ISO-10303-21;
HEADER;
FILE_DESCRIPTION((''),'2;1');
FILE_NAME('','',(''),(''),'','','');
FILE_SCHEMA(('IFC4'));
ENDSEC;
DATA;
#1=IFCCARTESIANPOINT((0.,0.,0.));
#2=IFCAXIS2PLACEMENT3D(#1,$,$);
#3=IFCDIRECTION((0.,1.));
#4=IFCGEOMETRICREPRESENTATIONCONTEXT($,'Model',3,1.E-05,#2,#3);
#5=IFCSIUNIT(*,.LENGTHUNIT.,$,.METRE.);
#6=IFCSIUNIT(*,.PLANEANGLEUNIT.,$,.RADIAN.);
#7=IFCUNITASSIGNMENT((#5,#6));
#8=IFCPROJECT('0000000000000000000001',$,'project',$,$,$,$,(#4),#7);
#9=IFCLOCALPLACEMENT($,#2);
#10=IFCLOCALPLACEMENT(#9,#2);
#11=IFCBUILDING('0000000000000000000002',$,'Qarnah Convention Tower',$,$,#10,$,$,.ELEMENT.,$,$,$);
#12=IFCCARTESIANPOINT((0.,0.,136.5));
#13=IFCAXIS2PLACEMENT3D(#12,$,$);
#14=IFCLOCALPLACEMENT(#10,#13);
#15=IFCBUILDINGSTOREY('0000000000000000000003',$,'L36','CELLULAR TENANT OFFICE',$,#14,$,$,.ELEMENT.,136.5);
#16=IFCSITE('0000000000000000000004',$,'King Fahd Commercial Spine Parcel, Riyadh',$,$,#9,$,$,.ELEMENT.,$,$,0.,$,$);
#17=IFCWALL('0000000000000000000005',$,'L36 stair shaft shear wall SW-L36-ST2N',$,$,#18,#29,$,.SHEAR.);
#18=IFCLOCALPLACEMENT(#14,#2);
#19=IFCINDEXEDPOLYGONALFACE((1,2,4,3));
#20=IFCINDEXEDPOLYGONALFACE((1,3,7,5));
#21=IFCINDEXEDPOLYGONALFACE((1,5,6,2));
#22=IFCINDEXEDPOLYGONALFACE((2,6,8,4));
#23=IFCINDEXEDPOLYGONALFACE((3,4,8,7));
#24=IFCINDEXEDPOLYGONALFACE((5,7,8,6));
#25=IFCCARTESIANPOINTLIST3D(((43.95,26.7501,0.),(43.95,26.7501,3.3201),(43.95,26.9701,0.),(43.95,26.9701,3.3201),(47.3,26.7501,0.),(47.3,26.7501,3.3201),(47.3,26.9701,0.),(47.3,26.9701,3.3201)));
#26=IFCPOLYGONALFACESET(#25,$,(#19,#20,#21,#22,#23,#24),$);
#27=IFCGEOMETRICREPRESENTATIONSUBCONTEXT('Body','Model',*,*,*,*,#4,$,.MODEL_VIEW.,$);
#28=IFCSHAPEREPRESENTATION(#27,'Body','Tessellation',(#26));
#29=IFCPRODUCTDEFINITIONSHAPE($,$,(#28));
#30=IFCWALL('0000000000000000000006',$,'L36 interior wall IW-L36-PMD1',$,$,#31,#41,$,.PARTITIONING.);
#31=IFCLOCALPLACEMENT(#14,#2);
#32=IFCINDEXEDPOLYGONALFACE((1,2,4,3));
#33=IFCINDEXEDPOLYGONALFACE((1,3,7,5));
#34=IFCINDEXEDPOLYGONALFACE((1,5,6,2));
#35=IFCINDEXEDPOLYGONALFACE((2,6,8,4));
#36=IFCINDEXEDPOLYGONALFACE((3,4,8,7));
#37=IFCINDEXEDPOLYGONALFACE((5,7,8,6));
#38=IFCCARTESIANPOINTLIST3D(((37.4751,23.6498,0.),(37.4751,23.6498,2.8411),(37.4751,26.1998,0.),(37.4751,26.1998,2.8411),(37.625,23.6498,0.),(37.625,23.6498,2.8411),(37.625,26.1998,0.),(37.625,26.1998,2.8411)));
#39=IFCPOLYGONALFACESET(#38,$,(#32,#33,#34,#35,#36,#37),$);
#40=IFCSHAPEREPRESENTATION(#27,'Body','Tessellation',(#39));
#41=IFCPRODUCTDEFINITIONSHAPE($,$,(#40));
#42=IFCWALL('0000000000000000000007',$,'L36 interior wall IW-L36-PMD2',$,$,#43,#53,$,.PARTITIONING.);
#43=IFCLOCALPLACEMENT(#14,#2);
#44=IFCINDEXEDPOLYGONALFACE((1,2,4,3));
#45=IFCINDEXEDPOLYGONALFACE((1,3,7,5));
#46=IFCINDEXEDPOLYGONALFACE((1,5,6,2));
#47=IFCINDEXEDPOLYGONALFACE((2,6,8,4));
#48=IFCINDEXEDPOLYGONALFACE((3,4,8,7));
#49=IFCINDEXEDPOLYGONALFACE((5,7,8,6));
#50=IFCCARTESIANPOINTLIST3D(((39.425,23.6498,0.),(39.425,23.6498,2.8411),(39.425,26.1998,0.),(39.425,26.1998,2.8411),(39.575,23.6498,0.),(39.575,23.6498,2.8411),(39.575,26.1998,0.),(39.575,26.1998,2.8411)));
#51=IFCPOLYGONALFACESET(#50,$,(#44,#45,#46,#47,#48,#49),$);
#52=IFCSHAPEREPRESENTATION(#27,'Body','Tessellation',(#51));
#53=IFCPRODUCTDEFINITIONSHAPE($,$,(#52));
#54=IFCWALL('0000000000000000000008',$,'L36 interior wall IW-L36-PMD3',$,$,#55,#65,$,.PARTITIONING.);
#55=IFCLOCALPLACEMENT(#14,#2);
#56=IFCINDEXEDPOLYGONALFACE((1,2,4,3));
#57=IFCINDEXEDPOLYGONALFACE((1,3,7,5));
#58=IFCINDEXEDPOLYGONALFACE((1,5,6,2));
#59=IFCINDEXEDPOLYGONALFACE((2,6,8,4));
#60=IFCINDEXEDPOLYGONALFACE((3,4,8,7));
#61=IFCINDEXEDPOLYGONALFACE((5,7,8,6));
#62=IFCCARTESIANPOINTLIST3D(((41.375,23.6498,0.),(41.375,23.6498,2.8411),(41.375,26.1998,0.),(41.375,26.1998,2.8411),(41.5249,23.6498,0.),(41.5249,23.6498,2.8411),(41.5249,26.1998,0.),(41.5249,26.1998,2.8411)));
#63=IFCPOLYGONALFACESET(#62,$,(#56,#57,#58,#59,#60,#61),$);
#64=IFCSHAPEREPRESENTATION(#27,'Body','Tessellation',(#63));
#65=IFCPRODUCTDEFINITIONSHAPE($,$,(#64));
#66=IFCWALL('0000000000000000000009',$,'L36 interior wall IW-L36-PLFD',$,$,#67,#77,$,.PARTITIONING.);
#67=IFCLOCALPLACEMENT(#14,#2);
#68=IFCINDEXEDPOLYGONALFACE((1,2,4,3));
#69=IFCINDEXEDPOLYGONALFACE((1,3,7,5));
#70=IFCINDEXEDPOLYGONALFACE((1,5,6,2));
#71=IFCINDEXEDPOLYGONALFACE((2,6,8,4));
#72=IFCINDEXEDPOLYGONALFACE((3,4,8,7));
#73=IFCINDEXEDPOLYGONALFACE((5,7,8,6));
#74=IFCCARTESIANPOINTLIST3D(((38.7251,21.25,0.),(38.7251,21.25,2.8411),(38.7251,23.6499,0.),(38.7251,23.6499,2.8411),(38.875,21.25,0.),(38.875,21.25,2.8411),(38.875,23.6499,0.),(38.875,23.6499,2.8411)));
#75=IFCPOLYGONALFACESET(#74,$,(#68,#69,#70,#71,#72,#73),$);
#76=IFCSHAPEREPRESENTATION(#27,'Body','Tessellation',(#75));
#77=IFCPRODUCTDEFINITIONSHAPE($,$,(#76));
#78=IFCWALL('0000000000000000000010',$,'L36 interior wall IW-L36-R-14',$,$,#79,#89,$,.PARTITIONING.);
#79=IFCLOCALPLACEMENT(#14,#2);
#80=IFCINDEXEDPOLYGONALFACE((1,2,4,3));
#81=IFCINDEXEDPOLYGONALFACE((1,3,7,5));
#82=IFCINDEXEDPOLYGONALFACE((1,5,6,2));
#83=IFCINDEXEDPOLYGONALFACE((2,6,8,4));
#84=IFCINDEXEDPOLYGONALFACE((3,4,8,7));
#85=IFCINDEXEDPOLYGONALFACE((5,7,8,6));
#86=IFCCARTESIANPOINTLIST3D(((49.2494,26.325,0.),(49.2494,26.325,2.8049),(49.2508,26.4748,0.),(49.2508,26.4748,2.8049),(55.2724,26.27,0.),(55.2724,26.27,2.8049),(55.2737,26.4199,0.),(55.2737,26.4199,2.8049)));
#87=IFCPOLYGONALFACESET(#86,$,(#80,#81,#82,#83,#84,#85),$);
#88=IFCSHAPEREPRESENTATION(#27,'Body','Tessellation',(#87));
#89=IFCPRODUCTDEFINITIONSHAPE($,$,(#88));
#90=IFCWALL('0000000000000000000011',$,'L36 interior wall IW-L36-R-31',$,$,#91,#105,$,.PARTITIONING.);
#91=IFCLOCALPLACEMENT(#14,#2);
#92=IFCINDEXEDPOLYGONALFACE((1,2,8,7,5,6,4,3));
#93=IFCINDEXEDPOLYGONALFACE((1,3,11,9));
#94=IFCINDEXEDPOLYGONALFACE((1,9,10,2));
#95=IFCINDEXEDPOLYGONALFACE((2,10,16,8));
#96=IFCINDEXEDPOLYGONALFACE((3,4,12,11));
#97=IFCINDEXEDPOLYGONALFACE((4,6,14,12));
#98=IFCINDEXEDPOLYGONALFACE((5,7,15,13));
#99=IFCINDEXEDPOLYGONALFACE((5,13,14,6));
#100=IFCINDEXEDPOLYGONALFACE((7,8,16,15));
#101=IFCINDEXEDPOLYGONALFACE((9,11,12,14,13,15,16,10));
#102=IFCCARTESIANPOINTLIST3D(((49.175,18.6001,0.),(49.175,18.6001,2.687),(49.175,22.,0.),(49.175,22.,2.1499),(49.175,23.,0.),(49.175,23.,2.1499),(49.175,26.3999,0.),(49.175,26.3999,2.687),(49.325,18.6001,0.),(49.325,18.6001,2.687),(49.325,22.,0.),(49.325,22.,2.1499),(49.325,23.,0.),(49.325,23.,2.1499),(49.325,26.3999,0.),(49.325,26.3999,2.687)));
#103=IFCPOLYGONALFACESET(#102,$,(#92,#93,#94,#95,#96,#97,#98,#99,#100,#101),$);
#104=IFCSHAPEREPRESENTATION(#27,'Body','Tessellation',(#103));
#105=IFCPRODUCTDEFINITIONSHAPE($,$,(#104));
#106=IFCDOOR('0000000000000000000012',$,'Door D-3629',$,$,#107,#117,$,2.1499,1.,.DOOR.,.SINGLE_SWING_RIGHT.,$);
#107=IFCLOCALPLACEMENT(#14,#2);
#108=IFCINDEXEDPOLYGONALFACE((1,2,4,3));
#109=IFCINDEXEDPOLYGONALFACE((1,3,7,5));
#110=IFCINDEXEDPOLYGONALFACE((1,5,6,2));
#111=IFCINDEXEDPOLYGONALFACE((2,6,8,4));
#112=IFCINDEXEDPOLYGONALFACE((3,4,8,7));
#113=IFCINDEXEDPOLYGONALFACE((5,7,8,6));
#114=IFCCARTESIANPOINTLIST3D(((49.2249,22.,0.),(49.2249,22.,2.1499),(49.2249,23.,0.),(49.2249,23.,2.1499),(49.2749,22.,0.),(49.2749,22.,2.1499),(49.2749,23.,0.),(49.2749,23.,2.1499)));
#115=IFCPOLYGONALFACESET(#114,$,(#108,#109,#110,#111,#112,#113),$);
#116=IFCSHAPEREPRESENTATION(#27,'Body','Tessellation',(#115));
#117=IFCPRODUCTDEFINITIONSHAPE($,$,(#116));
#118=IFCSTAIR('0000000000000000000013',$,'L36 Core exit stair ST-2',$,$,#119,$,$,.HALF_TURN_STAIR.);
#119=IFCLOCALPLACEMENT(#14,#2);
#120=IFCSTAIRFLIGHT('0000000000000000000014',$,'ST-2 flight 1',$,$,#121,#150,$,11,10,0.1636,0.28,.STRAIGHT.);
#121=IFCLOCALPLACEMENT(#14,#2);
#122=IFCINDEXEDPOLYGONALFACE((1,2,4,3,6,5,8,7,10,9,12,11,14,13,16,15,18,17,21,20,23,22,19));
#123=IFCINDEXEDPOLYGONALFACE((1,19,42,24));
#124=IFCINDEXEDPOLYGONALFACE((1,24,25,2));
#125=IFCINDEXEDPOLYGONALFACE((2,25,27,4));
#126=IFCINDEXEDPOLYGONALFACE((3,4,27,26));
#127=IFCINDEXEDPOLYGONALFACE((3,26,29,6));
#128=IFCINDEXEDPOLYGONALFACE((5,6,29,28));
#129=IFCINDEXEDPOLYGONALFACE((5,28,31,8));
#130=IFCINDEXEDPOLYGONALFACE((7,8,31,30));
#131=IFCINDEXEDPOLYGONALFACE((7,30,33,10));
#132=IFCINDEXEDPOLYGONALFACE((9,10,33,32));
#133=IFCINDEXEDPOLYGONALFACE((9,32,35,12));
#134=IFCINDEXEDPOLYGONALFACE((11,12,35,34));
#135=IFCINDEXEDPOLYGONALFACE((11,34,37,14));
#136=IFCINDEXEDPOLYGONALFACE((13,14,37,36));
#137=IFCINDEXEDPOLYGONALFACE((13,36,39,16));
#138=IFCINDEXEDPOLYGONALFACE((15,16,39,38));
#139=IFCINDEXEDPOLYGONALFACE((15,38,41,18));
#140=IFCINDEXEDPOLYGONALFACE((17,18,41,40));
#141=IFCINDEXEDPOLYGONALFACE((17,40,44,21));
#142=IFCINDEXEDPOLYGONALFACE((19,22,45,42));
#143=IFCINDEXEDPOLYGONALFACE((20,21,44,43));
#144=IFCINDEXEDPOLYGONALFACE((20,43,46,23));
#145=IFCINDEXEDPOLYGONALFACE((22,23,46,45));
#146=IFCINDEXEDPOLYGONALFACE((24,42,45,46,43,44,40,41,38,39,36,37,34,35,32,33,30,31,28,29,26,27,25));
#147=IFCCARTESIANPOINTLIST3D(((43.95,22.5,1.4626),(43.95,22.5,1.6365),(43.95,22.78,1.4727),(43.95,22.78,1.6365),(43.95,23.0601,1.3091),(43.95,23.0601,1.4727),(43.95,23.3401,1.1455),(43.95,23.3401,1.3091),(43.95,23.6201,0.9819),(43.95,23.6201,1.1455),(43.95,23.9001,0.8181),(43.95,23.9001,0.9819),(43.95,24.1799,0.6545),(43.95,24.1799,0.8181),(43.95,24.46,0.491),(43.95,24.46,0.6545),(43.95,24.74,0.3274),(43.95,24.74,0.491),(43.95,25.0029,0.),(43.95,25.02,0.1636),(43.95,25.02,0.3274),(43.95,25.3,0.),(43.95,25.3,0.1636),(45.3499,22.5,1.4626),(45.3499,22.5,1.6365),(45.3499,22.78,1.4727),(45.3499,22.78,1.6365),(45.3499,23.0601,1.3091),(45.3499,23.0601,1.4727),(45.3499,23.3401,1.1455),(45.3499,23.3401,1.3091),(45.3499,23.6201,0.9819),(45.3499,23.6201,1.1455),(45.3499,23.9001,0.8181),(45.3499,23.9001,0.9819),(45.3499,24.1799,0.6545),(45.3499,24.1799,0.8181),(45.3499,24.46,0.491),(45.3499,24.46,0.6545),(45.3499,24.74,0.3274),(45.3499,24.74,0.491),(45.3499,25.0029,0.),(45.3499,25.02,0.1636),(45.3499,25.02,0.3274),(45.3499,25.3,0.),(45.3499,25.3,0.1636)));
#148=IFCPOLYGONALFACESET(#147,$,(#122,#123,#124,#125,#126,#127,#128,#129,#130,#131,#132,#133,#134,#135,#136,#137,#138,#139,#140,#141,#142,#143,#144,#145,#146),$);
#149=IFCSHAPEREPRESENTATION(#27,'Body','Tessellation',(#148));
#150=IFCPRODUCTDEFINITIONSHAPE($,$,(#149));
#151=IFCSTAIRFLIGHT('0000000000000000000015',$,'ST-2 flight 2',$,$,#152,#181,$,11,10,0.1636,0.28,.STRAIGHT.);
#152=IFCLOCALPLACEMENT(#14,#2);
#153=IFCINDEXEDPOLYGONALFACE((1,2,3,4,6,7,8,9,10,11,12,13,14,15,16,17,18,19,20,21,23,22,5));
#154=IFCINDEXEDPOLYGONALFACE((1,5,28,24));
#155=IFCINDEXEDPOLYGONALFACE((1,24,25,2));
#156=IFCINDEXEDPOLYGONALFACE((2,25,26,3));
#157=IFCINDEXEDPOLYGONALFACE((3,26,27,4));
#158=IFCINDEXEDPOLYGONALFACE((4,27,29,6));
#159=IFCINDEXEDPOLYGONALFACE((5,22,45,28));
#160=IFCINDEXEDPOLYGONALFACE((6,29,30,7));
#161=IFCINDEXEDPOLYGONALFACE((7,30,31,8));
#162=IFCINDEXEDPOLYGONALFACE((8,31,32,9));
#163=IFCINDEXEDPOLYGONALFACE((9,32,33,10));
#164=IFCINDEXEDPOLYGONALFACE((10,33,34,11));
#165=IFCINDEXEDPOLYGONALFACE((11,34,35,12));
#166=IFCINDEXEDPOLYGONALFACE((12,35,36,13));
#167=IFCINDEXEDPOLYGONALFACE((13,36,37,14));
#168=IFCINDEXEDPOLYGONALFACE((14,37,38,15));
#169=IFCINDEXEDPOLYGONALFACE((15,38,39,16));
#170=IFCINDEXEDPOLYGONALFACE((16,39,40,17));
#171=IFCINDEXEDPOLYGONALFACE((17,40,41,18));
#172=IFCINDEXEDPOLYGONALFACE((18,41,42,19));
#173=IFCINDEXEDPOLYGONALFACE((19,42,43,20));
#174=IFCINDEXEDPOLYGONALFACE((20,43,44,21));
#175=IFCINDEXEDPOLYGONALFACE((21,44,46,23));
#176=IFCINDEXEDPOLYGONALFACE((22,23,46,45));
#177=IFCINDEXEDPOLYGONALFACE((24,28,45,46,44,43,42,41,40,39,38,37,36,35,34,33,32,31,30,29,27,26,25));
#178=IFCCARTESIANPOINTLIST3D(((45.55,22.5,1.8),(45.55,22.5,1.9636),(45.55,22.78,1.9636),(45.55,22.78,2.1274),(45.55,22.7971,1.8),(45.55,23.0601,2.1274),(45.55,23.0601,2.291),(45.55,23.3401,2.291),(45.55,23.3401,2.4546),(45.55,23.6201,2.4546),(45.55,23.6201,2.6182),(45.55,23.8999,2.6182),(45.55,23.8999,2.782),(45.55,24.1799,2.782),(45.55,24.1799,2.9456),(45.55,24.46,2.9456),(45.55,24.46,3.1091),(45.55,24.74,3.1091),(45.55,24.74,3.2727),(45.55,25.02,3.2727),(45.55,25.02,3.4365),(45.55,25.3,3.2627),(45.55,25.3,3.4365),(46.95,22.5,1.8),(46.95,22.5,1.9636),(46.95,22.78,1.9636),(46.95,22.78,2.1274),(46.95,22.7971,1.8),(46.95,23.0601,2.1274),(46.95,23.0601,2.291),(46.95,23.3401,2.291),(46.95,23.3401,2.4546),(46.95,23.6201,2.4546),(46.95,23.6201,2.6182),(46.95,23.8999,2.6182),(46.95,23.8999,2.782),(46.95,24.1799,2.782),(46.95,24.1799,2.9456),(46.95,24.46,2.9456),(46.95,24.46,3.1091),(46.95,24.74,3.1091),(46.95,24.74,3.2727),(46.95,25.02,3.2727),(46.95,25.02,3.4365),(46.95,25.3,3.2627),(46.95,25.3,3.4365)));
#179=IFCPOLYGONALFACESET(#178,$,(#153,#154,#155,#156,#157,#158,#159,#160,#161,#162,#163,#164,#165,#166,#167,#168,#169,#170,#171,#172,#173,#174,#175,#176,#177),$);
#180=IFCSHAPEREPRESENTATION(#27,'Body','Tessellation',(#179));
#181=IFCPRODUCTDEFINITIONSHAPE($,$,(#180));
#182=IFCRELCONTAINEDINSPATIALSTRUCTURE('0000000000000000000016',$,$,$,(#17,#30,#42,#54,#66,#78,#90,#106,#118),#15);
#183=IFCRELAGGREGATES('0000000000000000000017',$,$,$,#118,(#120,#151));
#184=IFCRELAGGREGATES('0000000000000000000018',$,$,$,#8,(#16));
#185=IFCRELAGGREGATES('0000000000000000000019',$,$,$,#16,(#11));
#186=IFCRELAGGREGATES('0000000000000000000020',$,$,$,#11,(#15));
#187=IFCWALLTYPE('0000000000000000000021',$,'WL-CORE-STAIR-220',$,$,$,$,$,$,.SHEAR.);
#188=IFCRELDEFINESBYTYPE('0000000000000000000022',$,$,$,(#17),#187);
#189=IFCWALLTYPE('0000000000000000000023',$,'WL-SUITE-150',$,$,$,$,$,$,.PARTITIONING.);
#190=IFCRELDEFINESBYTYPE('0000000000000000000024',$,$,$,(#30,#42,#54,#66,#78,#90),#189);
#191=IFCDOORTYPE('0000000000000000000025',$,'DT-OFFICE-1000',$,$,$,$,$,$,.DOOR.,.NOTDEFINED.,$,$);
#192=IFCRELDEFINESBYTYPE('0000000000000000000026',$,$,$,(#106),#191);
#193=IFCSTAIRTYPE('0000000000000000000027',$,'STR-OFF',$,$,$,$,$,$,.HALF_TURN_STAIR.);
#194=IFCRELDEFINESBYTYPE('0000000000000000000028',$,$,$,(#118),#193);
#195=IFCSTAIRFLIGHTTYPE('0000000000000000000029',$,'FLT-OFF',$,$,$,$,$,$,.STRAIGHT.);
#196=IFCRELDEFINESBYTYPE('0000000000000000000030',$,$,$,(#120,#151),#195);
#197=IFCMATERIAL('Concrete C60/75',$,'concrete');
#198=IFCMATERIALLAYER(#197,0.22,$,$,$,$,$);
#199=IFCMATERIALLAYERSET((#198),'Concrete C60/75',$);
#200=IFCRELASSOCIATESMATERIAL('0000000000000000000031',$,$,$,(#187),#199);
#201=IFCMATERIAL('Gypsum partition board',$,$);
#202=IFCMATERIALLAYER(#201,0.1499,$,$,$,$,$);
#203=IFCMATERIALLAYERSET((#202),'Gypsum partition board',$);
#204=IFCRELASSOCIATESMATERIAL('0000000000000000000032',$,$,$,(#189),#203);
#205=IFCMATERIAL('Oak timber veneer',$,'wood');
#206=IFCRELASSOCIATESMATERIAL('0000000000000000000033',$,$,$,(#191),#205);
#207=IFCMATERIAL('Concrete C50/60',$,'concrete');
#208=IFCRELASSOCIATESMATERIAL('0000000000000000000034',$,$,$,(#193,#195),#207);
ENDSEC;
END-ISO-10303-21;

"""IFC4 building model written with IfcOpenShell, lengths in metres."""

from ifc_helpers import new_model, si_unit, direction, frame, frame_2d, origin, place, context, subcontext, project, spatial, polyline, rectangle, outline, extrude, material, layer, layer_set, type_object, element, fill, aggregate, save


model = new_model("IFC4")

# Units and contexts
model_context = context("Model", 3, precision=1e-05, world=origin(), true_north=direction((0.0, 1.0)))
body_context = subcontext(model_context, "Body", "Model", "MODEL_VIEW")
ifc_project = project(units=[si_unit("LENGTHUNIT", "METRE"), si_unit("PLANEANGLEUNIT", "RADIAN")], contexts=[model_context])

# Site, building, storey
site_placement = place(None, origin())
site = spatial("IfcSite", under=ifc_project, at=site_placement, Name="King Fahd Commercial Spine Parcel, Riyadh", CompositionType="ELEMENT", RefElevation=0.0)
building_placement = place(site_placement, origin())
building = spatial("IfcBuilding", under=site, at=building_placement, Name="Qarnah Convention Tower", CompositionType="ELEMENT")
storey_placement = place(building_placement, frame((0.0, 0.0, 136.5)))
storey = spatial("IfcBuildingStorey", under=building, at=storey_placement, Name="L36", Description="CELLULAR TENANT OFFICE", CompositionType="ELEMENT", Elevation=136.5)

# Shared definitions
ifc_material_1 = material(Name="Concrete C60/75", Category="concrete")

# Walls
ifc_layer_1 = layer(ifc_material_1, 0.22)
ifc_layer_set_1 = layer_set([ifc_layer_1], Name="Concrete C60/75")
wall_type_1 = type_object("IfcWallType", Name="WL-CORE-STAIR-220", PredefinedType="SHEAR", material=ifc_layer_set_1)
wall_1_placement = place(storey_placement, frame((43.95, 26.8601, 0.0), z_axis=(0.0, 0.0, 1.0), x_axis=(1.0, 0.0, 0.0)))
element("IfcWall", 1, at=wall_1_placement, inside=storey, type_object=wall_type_1, Name="L36 stair shaft shear wall SW-L36-ST2N", PredefinedType="SHEAR", context=body_context, shape_type="SweptSolid", body=[
    extrude(rectangle(XDim=3.3501, YDim=0.22, at=frame_2d((1.675, 0.0))), origin(), (0.0, 0.0, 1.0), 3.3201),
])
ifc_material_2 = material(Name="Gypsum partition board")
ifc_layer_2 = layer(ifc_material_2, 0.1499)
ifc_layer_set_2 = layer_set([ifc_layer_2], Name="Gypsum partition board")
wall_type_2 = type_object("IfcWallType", Name="WL-SUITE-150", PredefinedType="PARTITIONING", material=ifc_layer_set_2)
for number, where, z_axis, x_axis, name in (
    (2, (37.55, 23.6499, 0.0), (0.0, 0.0, 1.0), (0.0, 1.0, 0.0), "L36 interior wall IW-L36-PMD1"),
    (3, (39.5, 23.6499, 0.0), (0.0, 0.0, 1.0), (0.0, 1.0, 0.0), "L36 interior wall IW-L36-PMD2"),
    (4, (41.45, 23.6499, 0.0), (0.0, 0.0, 1.0), (0.0, 1.0, 0.0), "L36 interior wall IW-L36-PMD3"),
):
    element("IfcWall", number, at=place(storey_placement, frame(where, z_axis=z_axis, x_axis=x_axis)), inside=storey, type_object=wall_type_2, Name=name, PredefinedType="PARTITIONING", context=body_context, shape_type="SweptSolid", body=[
        extrude(rectangle(XDim=2.55, YDim=0.1499, at=frame_2d((1.2749, 0.0))), origin(), (0.0, 0.0, 1.0), 2.8411),
    ])
wall_2_placement = place(storey_placement, frame((38.8, 21.25, 0.0), z_axis=(0.0, 0.0, 1.0), x_axis=(0.0, 1.0, 0.0)))
element("IfcWall", 5, at=wall_2_placement, inside=storey, type_object=wall_type_2, Name="L36 interior wall IW-L36-PLFD", PredefinedType="PARTITIONING", context=body_context, shape_type="SweptSolid", body=[
    extrude(rectangle(XDim=2.3999, YDim=0.1499, at=frame_2d((1.2, 0.0))), origin(), (0.0, 0.0, 1.0), 2.8411),
])
wall_3_placement = place(storey_placement, frame((49.25, 26.3999, 0.0), z_axis=(0.0, 0.0, 1.0), x_axis=(0.999958, -0.00912, 0.0)))
element("IfcWall", 6, at=wall_3_placement, inside=storey, type_object=wall_type_2, Name="L36 interior wall IW-L36-R-14", PredefinedType="PARTITIONING", context=body_context, shape_type="SweptSolid", body=[
    extrude(rectangle(XDim=6.0232, YDim=0.1499, at=frame_2d((3.0117, 0.0))), origin(), (0.0, 0.0, 1.0), 2.8049),
])

# Wall, opening, door
wall_4_placement = place(storey_placement, frame((49.25, 26.3999, 0.0), z_axis=(0.0, 0.0, 1.0), x_axis=(0.0, -1.0, 0.0)))
wall_4 = element("IfcWall", 7, at=wall_4_placement, inside=storey, type_object=wall_type_2, Name="L36 interior wall IW-L36-R-31", PredefinedType="PARTITIONING", context=body_context, shape_type="SweptSolid", body=[
    extrude(rectangle(XDim=7.7998, YDim=0.1499, at=frame_2d((3.8999, 0.0))), origin(), (0.0, 0.0, 1.0), 2.687),
])
opening_placement = place(wall_4_placement, frame((3.3999, 0.0, 0.0)))
opening = element("IfcOpeningElement", 8, at=opening_placement, cuts=wall_4, PredefinedType="OPENING", context=body_context, shape_type="SweptSolid", body=[
    extrude(rectangle(XDim=1.0, YDim=2.1499, at=frame_2d((0.5, 1.075))), frame((0.0, 0.085, 0.0), z_axis=(0.0, -1.0, 0.0), x_axis=(1.0, 0.0, 0.0)), (0.0, 0.0, 1.0), 0.1699),
])
ifc_material_3 = material(Name="Oak timber veneer", Category="wood")
door_type = type_object("IfcDoorType", Name="DT-OFFICE-1000", OperationType="NOTDEFINED", PredefinedType="DOOR", material=ifc_material_3)
door_placement = place(opening_placement, origin())
door = element("IfcDoor", 9, at=door_placement, inside=storey, type_object=door_type, Name="Door D-3629", OperationType="SINGLE_SWING_RIGHT", OverallHeight=2.1499, OverallWidth=1.0, PredefinedType="DOOR", context=body_context, shape_type="SweptSolid", body=[
    extrude(rectangle(XDim=1.0, YDim=2.1499, at=frame_2d((0.5, 1.075))), frame((0.0, 0.0249, 0.0), z_axis=(0.0, -1.0, 0.0), x_axis=(1.0, 0.0, 0.0)), (0.0, 0.0, 1.0), 0.05),
])
fill(opening, door)

# Stair, stair flights
ifc_material_4 = material(Name="Concrete C50/60", Category="concrete")
stair_type = type_object("IfcStairType", Name="STR-OFF", PredefinedType="HALF_TURN_STAIR", material=ifc_material_4)
stair_placement = place(storey_placement, origin())
stair = element("IfcStair", 10, at=stair_placement, inside=storey, type_object=stair_type, Name="L36 Core exit stair ST-2", PredefinedType="HALF_TURN_STAIR")
stair_flight_type = type_object("IfcStairFlightType", Name="FLT-OFF", PredefinedType="STRAIGHT", material=ifc_material_4)
stair_flight_1_placement = place(storey_placement, frame((44.6499, 25.3, 0.0), z_axis=(0.0, 0.0, 1.0), x_axis=(0.0, -1.0, 0.0)))
stair_flight_1 = element("IfcStairFlight", 11, at=stair_flight_1_placement, type_object=stair_flight_type, Name="ST-2 flight 1", NumberOfRisers=11, NumberOfTreads=10, PredefinedType="STRAIGHT", RiserHeight=0.1636, TreadLength=0.28, context=body_context, shape_type="SweptSolid", body=[
    extrude(outline(polyline([(0.0, 0.0), (0.0, 0.1636), (0.28, 0.1636), (0.28, 0.3274), (0.5601, 0.3274), (0.5601, 0.491), (0.8401, 0.491), (0.8401, 0.6545), (1.1201, 0.6545), (1.1201, 0.8181), (1.3999, 0.8181), (1.3999, 0.9819), (1.6799, 0.9819), (1.6799, 1.1455), (1.96, 1.1455), (1.96, 1.3091), (2.24, 1.3091), (2.24, 1.4727), (2.52, 1.4727), (2.52, 1.6365), (2.8, 1.6365), (2.8, 1.8), (2.8, 1.4626), (0.2971, 0.0), (0.0, 0.0)])), frame((0.0, 0.7, 0.0), z_axis=(0.0, -1.0, 0.0), x_axis=(1.0, 0.0, 0.0)), (0.0, 0.0, 1.0), 1.3999),
])
stair_flight_2_placement = place(storey_placement, frame((46.25, 22.5, 1.8), z_axis=(0.0, 0.0, 1.0), x_axis=(0.0, 1.0, 0.0)))
stair_flight_2 = element("IfcStairFlight", 12, at=stair_flight_2_placement, type_object=stair_flight_type, Name="ST-2 flight 2", NumberOfRisers=11, NumberOfTreads=10, PredefinedType="STRAIGHT", RiserHeight=0.1636, TreadLength=0.28, context=body_context, shape_type="SweptSolid", body=[
    extrude(outline(polyline([(0.0, 0.0), (0.0, 0.1636), (0.28, 0.1636), (0.28, 0.3274), (0.5601, 0.3274), (0.5601, 0.491), (0.8401, 0.491), (0.8401, 0.6545), (1.1201, 0.6545), (1.1201, 0.8181), (1.3999, 0.8181), (1.3999, 0.9819), (1.6799, 0.9819), (1.6799, 1.1455), (1.96, 1.1455), (1.96, 1.3091), (2.24, 1.3091), (2.24, 1.4727), (2.52, 1.4727), (2.52, 1.6365), (2.8, 1.6365), (2.8, 1.8), (2.8, 1.4626), (0.2971, 0.0), (0.0, 0.0)])), frame((0.0, 0.7, 0.0), z_axis=(0.0, -1.0, 0.0), x_axis=(1.0, 0.0, 0.0)), (0.0, 0.0, 1.0), 1.3999),
])
aggregate(stair, [stair_flight_1, stair_flight_2])

save(model, "model.ifc")
